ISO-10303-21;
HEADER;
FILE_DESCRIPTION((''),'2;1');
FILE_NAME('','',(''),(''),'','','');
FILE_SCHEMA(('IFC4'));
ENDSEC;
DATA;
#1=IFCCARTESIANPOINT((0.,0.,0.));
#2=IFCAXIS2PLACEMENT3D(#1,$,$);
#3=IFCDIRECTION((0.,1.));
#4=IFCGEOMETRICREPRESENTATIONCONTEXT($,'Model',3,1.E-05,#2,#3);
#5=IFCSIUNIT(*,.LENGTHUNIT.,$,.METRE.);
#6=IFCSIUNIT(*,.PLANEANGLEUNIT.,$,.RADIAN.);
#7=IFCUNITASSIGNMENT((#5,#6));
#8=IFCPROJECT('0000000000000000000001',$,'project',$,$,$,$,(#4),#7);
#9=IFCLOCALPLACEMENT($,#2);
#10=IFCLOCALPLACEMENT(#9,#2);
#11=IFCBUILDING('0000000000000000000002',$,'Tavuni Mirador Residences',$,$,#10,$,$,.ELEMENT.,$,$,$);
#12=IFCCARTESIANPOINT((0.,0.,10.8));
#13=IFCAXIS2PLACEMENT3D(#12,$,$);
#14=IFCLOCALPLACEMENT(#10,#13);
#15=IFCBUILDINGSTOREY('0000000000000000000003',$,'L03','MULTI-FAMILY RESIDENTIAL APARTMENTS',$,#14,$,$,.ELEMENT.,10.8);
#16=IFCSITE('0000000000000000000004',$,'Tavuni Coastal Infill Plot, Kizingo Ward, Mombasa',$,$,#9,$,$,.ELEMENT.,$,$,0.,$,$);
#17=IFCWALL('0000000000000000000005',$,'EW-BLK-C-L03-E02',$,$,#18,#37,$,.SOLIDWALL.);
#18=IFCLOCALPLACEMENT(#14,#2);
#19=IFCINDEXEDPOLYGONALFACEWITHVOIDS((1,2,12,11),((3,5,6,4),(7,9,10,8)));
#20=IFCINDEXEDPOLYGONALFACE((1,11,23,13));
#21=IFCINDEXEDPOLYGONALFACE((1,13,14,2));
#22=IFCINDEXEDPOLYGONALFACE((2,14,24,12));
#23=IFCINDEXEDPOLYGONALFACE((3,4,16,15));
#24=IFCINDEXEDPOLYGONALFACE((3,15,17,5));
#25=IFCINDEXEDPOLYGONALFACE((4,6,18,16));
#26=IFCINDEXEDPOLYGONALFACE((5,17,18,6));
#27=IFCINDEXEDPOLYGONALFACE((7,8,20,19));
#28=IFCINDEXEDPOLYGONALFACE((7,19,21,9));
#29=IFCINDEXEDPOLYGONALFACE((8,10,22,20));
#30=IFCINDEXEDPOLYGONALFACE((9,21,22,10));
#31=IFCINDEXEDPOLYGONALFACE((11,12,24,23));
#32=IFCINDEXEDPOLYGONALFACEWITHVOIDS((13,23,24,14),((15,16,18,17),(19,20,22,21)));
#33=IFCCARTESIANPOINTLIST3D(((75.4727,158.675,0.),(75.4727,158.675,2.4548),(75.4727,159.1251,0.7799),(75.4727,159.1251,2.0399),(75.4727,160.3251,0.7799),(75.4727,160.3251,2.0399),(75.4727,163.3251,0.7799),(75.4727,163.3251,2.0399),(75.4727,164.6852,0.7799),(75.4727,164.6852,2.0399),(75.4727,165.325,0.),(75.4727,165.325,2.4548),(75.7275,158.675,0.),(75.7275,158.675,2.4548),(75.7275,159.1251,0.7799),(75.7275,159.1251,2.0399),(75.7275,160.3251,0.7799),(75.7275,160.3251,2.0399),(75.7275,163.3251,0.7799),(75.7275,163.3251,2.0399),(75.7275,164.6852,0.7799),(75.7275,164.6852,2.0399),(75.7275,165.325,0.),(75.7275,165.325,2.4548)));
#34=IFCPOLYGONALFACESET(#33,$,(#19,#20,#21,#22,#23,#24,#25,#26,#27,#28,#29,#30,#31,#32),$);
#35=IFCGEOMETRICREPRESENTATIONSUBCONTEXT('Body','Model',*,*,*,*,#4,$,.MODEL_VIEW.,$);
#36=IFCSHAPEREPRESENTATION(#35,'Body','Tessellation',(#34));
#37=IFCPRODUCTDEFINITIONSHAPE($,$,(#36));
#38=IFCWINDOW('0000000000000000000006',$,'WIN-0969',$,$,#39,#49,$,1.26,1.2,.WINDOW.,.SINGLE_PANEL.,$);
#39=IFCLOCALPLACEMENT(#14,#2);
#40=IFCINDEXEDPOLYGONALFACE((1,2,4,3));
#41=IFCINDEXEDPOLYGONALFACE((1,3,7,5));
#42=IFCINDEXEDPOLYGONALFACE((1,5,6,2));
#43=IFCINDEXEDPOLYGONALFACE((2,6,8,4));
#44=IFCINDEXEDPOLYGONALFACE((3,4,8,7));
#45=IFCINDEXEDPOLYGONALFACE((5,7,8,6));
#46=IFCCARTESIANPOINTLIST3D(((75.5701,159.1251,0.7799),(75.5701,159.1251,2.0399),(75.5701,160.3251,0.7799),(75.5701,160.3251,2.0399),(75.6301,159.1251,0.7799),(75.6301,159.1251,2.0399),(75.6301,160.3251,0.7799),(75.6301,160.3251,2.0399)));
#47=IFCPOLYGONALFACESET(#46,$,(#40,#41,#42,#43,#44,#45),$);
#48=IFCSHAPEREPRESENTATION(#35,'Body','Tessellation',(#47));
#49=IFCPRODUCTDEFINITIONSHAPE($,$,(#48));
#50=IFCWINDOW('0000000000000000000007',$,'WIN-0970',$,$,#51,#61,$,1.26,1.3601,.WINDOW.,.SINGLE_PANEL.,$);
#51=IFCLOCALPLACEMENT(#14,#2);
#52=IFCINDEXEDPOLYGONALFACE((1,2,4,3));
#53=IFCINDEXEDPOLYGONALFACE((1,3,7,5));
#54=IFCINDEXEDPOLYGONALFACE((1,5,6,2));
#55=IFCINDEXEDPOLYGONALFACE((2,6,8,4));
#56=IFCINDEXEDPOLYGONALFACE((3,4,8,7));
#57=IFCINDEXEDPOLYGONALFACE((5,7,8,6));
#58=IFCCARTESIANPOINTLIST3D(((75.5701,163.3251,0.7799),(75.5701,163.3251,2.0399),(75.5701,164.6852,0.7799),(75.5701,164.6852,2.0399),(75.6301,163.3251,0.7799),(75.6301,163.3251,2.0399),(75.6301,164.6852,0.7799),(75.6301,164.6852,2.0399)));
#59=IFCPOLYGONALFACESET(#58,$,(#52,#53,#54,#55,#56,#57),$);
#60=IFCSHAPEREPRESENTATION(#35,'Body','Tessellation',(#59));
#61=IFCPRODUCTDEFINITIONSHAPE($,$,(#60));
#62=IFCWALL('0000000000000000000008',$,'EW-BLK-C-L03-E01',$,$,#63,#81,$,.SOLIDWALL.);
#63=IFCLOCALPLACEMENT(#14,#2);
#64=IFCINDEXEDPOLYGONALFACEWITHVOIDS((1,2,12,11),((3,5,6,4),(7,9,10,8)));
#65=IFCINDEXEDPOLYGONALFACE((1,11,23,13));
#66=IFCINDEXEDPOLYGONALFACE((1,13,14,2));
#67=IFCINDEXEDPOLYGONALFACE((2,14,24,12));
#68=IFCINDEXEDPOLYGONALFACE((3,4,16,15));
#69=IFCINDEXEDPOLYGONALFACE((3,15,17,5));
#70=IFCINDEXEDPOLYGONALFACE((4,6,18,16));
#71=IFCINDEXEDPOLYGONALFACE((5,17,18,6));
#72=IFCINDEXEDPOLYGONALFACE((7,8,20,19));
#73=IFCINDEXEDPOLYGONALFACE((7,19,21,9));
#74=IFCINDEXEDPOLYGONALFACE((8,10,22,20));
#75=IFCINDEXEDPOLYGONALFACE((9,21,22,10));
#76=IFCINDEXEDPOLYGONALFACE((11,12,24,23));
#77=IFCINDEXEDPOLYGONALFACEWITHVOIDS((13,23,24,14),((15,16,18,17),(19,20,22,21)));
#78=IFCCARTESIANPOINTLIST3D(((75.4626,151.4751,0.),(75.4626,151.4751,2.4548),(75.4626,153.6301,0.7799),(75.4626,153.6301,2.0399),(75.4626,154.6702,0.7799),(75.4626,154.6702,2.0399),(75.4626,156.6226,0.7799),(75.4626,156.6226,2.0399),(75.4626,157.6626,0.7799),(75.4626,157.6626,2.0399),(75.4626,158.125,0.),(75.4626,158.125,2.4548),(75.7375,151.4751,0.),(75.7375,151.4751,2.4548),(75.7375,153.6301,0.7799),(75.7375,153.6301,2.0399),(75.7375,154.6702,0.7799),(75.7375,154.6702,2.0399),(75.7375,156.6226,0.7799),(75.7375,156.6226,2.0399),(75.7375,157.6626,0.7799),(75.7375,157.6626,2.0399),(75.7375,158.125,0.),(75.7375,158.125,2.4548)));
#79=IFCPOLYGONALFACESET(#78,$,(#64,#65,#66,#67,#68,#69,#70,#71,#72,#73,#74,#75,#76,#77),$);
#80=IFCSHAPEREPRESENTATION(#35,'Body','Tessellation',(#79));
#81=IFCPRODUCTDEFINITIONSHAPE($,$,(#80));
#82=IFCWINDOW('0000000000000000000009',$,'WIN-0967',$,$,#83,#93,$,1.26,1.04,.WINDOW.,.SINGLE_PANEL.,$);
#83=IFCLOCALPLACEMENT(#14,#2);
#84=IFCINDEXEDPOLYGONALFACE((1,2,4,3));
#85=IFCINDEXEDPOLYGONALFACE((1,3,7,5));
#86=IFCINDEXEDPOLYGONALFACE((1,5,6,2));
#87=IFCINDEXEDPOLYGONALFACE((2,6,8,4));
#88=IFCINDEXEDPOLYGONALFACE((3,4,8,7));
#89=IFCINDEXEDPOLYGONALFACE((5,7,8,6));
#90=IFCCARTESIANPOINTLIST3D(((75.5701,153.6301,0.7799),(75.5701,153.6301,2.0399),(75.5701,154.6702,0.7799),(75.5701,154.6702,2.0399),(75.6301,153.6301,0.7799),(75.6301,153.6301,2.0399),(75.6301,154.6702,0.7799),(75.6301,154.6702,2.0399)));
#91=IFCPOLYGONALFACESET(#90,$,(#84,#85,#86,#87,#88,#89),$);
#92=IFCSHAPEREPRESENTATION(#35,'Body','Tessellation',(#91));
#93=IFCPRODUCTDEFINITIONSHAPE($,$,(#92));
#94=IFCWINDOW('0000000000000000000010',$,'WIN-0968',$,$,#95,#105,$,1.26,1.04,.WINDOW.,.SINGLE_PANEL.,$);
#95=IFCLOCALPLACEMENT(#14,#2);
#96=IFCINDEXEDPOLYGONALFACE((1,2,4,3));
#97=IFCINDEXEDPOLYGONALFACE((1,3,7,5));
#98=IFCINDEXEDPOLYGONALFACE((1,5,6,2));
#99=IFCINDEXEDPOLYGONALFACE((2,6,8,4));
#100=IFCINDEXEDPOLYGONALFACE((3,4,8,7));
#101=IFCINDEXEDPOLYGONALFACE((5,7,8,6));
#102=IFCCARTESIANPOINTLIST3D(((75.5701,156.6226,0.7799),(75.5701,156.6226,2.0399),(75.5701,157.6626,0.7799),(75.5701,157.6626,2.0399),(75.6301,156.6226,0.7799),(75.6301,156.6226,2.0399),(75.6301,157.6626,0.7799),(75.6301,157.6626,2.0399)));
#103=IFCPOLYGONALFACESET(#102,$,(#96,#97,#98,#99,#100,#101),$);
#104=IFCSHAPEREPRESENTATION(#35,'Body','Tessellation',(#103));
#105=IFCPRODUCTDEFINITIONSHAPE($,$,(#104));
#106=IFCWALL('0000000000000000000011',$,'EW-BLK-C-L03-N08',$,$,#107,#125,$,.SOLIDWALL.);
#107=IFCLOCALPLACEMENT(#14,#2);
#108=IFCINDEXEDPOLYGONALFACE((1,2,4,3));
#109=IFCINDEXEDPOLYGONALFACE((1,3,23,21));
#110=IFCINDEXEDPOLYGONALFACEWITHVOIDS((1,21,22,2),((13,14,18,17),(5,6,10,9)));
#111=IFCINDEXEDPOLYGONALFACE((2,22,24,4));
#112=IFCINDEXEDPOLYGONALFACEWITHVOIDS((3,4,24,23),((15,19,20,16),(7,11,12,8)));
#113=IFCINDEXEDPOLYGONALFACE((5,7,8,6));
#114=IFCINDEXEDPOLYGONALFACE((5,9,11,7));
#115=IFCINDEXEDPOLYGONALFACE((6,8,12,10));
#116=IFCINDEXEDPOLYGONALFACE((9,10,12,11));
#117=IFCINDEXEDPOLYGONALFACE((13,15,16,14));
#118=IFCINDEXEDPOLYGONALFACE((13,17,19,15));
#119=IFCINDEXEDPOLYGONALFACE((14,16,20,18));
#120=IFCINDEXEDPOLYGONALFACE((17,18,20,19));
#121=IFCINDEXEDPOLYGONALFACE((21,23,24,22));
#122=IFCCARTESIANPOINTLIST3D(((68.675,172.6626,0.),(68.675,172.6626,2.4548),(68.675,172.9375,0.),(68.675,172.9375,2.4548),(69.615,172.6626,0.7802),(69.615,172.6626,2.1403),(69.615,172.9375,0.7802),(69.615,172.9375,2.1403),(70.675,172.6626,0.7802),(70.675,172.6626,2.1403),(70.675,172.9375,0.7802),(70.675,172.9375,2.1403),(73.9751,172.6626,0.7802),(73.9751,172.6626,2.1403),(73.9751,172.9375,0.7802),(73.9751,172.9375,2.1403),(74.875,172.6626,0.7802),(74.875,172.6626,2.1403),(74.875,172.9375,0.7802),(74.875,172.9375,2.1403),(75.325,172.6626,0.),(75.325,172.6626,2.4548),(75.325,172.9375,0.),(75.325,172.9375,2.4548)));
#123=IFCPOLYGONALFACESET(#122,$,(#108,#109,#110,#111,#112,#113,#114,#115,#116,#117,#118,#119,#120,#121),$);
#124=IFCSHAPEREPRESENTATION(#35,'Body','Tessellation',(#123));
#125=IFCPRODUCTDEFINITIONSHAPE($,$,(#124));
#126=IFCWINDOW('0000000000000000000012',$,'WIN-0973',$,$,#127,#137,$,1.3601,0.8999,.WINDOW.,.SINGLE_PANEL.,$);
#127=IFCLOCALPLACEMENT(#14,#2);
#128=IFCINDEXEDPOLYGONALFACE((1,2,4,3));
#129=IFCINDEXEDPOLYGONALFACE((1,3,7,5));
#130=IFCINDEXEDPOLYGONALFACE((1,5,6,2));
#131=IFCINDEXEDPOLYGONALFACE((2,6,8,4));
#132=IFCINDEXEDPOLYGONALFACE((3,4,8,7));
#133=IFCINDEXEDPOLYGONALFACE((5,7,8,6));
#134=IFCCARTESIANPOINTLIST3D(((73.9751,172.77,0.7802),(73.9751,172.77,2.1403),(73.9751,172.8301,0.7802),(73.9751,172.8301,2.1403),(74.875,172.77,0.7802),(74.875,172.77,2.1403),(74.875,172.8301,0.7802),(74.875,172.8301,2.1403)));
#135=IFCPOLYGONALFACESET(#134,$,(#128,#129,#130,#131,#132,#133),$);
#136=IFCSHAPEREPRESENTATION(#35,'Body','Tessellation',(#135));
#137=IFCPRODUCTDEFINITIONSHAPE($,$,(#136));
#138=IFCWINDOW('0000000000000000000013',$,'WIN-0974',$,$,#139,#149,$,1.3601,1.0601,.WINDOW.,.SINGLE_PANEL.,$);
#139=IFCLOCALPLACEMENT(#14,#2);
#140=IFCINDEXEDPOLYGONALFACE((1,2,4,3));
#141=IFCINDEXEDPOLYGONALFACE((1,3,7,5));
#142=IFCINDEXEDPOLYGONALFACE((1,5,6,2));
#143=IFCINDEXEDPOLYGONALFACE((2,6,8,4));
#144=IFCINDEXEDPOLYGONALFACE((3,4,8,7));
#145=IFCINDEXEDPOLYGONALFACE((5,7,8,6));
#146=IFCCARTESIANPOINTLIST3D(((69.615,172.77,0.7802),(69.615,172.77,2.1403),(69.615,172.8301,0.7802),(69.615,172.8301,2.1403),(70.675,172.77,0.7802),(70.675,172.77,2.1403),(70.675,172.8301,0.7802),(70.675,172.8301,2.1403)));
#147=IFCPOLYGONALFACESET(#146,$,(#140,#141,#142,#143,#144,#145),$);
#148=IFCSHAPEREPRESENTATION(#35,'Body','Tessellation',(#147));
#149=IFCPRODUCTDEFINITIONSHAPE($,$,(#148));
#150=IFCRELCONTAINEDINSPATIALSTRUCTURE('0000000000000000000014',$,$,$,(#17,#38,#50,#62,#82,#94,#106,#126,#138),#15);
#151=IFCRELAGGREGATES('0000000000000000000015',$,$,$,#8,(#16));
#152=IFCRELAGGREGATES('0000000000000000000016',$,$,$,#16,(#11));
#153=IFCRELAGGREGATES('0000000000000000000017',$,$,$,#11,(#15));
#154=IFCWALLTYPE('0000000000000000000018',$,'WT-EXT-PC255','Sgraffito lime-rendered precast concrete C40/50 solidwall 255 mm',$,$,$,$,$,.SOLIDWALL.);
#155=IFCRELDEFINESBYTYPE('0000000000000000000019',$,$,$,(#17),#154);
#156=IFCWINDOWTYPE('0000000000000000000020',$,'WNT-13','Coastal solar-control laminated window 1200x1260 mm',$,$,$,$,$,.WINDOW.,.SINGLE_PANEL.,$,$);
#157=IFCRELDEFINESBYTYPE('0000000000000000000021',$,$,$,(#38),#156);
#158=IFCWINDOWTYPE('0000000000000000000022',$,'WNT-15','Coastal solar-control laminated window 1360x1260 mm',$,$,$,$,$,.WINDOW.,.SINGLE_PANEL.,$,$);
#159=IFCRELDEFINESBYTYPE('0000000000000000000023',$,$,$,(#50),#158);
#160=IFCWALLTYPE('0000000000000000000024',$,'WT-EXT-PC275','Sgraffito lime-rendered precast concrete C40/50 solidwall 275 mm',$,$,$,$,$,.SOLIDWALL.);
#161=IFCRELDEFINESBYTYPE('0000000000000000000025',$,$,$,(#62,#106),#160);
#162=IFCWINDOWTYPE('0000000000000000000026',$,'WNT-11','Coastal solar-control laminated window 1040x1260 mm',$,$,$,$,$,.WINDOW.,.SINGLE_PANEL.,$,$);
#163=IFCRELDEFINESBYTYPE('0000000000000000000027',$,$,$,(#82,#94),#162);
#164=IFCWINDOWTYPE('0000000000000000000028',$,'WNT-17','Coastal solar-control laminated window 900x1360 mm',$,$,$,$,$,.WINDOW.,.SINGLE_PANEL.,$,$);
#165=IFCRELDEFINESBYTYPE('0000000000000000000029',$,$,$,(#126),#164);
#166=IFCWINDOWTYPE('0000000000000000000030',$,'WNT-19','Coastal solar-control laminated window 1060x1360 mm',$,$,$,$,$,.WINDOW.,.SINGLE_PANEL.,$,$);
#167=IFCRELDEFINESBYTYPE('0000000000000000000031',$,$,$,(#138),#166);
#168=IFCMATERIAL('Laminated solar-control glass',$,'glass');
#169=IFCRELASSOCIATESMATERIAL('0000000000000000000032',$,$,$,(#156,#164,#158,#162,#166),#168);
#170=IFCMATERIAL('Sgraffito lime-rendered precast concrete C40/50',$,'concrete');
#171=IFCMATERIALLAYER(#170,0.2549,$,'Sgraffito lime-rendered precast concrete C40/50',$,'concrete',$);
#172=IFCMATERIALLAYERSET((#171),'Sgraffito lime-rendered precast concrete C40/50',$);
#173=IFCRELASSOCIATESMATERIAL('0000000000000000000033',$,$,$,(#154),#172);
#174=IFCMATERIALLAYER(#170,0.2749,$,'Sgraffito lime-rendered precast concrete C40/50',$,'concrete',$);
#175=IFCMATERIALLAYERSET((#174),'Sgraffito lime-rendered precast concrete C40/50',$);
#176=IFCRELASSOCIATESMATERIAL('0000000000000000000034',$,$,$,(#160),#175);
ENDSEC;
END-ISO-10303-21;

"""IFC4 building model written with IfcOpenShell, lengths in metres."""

from ifc_helpers import new_model, si_unit, direction, frame, frame_2d, origin, place, context, subcontext, project, spatial, rectangle, extrude, material, layer, layer_set, type_object, element, fill, save


model = new_model("IFC4")

# Units and contexts
model_context = context("Model", 3, precision=1e-05, world=origin(), true_north=direction((0.0, 1.0)))
body_context = subcontext(model_context, "Body", "Model", "MODEL_VIEW")
ifc_project = project(units=[si_unit("LENGTHUNIT", "METRE"), si_unit("PLANEANGLEUNIT", "RADIAN")], contexts=[model_context])

# Site, building, storey
site_placement = place(None, origin())
site = spatial("IfcSite", under=ifc_project, at=site_placement, Name="Tavuni Coastal Infill Plot, Kizingo Ward, Mombasa", CompositionType="ELEMENT", RefElevation=0.0)
building_placement = place(site_placement, origin())
building = spatial("IfcBuilding", under=site, at=building_placement, Name="Tavuni Mirador Residences", CompositionType="ELEMENT")
storey_placement = place(building_placement, frame((0.0, 0.0, 10.8)))
storey = spatial("IfcBuildingStorey", under=building, at=storey_placement, Name="L03", Description="MULTI-FAMILY RESIDENTIAL APARTMENTS", CompositionType="ELEMENT", Elevation=10.8)

# Walls, openings, windows
ifc_material_1 = material(Name="Sgraffito lime-rendered precast concrete C40/50", Category="concrete")
ifc_material_2 = material(Name="Laminated solar-control glass", Category="glass")
window_type_1 = type_object("IfcWindowType", Name="WNT-13", Description="Coastal solar-control laminated window 1200x1260 mm", PartitioningType="SINGLE_PANEL", PredefinedType="WINDOW", material=ifc_material_2)
window_type_2 = type_object("IfcWindowType", Name="WNT-17", Description="Coastal solar-control laminated window 900x1360 mm", PartitioningType="SINGLE_PANEL", PredefinedType="WINDOW", material=ifc_material_2)
ifc_layer_1 = layer(ifc_material_1, 0.2549, Name="Sgraffito lime-rendered precast concrete C40/50", Category="concrete")
ifc_layer_set_1 = layer_set([ifc_layer_1], Name="Sgraffito lime-rendered precast concrete C40/50")
wall_type_1 = type_object("IfcWallType", Name="WT-EXT-PC255", Description="Sgraffito lime-rendered precast concrete C40/50 solidwall 255 mm", PredefinedType="SOLIDWALL", material=ifc_layer_set_1)
wall_1_placement = place(storey_placement, frame((75.6001, 158.675, 0.0), z_axis=(0.0, 0.0, 1.0), x_axis=(0.0, 1.0, 0.0)))
wall_1 = element("IfcWall", 1, at=wall_1_placement, inside=storey, type_object=wall_type_1, Name="EW-BLK-C-L03-E02", PredefinedType="SOLIDWALL", context=body_context, shape_type="SweptSolid", body=[
    extrude(rectangle(XDim=6.6499, YDim=0.2549, at=frame_2d((3.325, 0.0))), origin(), (0.0, 0.0, 1.0), 2.4548),
])
opening_1_placement = place(wall_1_placement, frame((0.45, 0.0, 0.78)))
opening_1 = element("IfcOpeningElement", 2, at=opening_1_placement, cuts=wall_1, PredefinedType="OPENING", context=body_context, shape_type="SweptSolid", body=[
    extrude(rectangle(XDim=1.2, YDim=1.26, at=frame_2d((0.6001, 0.6299))), frame((0.0, 0.1375, 0.0), z_axis=(0.0, -1.0, 0.0), x_axis=(1.0, 0.0, 0.0)), (0.0, 0.0, 1.0), 0.2749),
])
opening_2_placement = place(wall_1_placement, frame((4.6499, 0.0, 0.78)))
opening_2 = element("IfcOpeningElement", 3, at=opening_2_placement, cuts=wall_1, PredefinedType="OPENING", context=body_context, shape_type="SweptSolid", body=[
    extrude(rectangle(XDim=1.3601, YDim=1.26, at=frame_2d((0.6802, 0.6299))), frame((0.0, 0.1375, 0.0), z_axis=(0.0, -1.0, 0.0), x_axis=(1.0, 0.0, 0.0)), (0.0, 0.0, 1.0), 0.2749),
])
window_1_placement = place(opening_1_placement, origin())
window_1 = element("IfcWindow", 4, at=window_1_placement, inside=storey, type_object=window_type_1, Name="WIN-0969", OverallHeight=1.26, OverallWidth=1.2, PartitioningType="SINGLE_PANEL", PredefinedType="WINDOW", context=body_context, shape_type="SweptSolid", body=[
    extrude(rectangle(XDim=1.2, YDim=1.26, at=frame_2d((0.6001, 0.6299))), frame((0.0, 0.03, 0.0), z_axis=(0.0, -1.0, 0.0), x_axis=(1.0, 0.0, 0.0)), (0.0, 0.0, 1.0), 0.0601),
])
fill(opening_1, window_1)
window_type_3 = type_object("IfcWindowType", Name="WNT-15", Description="Coastal solar-control laminated window 1360x1260 mm", PartitioningType="SINGLE_PANEL", PredefinedType="WINDOW", material=ifc_material_2)
window_2_placement = place(opening_2_placement, origin())
window_2 = element("IfcWindow", 5, at=window_2_placement, inside=storey, type_object=window_type_3, Name="WIN-0970", OverallHeight=1.26, OverallWidth=1.3601, PartitioningType="SINGLE_PANEL", PredefinedType="WINDOW", context=body_context, shape_type="SweptSolid", body=[
    extrude(rectangle(XDim=1.3601, YDim=1.26, at=frame_2d((0.6802, 0.6299))), frame((0.0, 0.03, 0.0), z_axis=(0.0, -1.0, 0.0), x_axis=(1.0, 0.0, 0.0)), (0.0, 0.0, 1.0), 0.0601),
])
fill(opening_2, window_2)
ifc_layer_2 = layer(ifc_material_1, 0.2749, Name="Sgraffito lime-rendered precast concrete C40/50", Category="concrete")
ifc_layer_set_2 = layer_set([ifc_layer_2], Name="Sgraffito lime-rendered precast concrete C40/50")
wall_type_2 = type_object("IfcWallType", Name="WT-EXT-PC275", Description="Sgraffito lime-rendered precast concrete C40/50 solidwall 275 mm", PredefinedType="SOLIDWALL", material=ifc_layer_set_2)
wall_2_placement = place(storey_placement, frame((75.6001, 151.4751, 0.0), z_axis=(0.0, 0.0, 1.0), x_axis=(0.0, 1.0, 0.0)))
wall_2 = element("IfcWall", 6, at=wall_2_placement, inside=storey, type_object=wall_type_2, Name="EW-BLK-C-L03-E01", PredefinedType="SOLIDWALL", context=body_context, shape_type="SweptSolid", body=[
    extrude(rectangle(XDim=6.6499, YDim=0.2749, at=frame_2d((3.325, 0.0))), origin(), (0.0, 0.0, 1.0), 2.4548),
])
opening_3_placement = place(wall_2_placement, frame((2.155, 0.0, 0.78)))
opening_3 = element("IfcOpeningElement", 7, at=opening_3_placement, cuts=wall_2, PredefinedType="OPENING", context=body_context, shape_type="SweptSolid", body=[
    extrude(rectangle(XDim=1.04, YDim=1.26, at=frame_2d((0.52, 0.6299))), frame((0.0, 0.1475, 0.0), z_axis=(0.0, -1.0, 0.0), x_axis=(1.0, 0.0, 0.0)), (0.0, 0.0, 1.0), 0.2949),
])
opening_4_placement = place(wall_2_placement, frame((5.1475, 0.0, 0.78)))
opening_4 = element("IfcOpeningElement", 8, at=opening_4_placement, cuts=wall_2, PredefinedType="OPENING", context=body_context, shape_type="SweptSolid", body=[
    extrude(rectangle(XDim=1.04, YDim=1.26, at=frame_2d((0.52, 0.6299))), frame((0.0, 0.1475, 0.0), z_axis=(0.0, -1.0, 0.0), x_axis=(1.0, 0.0, 0.0)), (0.0, 0.0, 1.0), 0.2949),
])
window_type_4 = type_object("IfcWindowType", Name="WNT-11", Description="Coastal solar-control laminated window 1040x1260 mm", PartitioningType="SINGLE_PANEL", PredefinedType="WINDOW", material=ifc_material_2)
window_3_placement = place(opening_3_placement, origin())
window_3 = element("IfcWindow", 9, at=window_3_placement, inside=storey, type_object=window_type_4, Name="WIN-0967", OverallHeight=1.26, OverallWidth=1.04, PartitioningType="SINGLE_PANEL", PredefinedType="WINDOW", context=body_context, shape_type="SweptSolid", body=[
    extrude(rectangle(XDim=1.04, YDim=1.26, at=frame_2d((0.52, 0.6299))), frame((0.0, 0.03, 0.0), z_axis=(0.0, -1.0, 0.0), x_axis=(1.0, 0.0, 0.0)), (0.0, 0.0, 1.0), 0.0601),
])
fill(opening_3, window_3)
window_4_placement = place(opening_4_placement, origin())
window_4 = element("IfcWindow", 10, at=window_4_placement, inside=storey, type_object=window_type_4, Name="WIN-0968", OverallHeight=1.26, OverallWidth=1.04, PartitioningType="SINGLE_PANEL", PredefinedType="WINDOW", context=body_context, shape_type="SweptSolid", body=[
    extrude(rectangle(XDim=1.04, YDim=1.26, at=frame_2d((0.52, 0.6299))), frame((0.0, 0.03, 0.0), z_axis=(0.0, -1.0, 0.0), x_axis=(1.0, 0.0, 0.0)), (0.0, 0.0, 1.0), 0.0601),
])
fill(opening_4, window_4)
wall_3_placement = place(storey_placement, frame((75.325, 172.8, 0.0), z_axis=(0.0, 0.0, 1.0), x_axis=(-1.0, 0.0, 0.0)))
wall_3 = element("IfcWall", 11, at=wall_3_placement, inside=storey, type_object=wall_type_2, Name="EW-BLK-C-L03-N08", PredefinedType="SOLIDWALL", context=body_context, shape_type="SweptSolid", body=[
    extrude(rectangle(XDim=6.6499, YDim=0.2749, at=frame_2d((3.325, 0.0))), origin(), (0.0, 0.0, 1.0), 2.4548),
])
opening_5_placement = place(wall_3_placement, frame((0.45, 0.0, 0.78)))
opening_5 = element("IfcOpeningElement", 12, at=opening_5_placement, cuts=wall_3, PredefinedType="OPENING", context=body_context, shape_type="SweptSolid", body=[
    extrude(rectangle(XDim=0.8999, YDim=1.3601, at=frame_2d((0.45, 0.6802))), frame((0.0, 0.1475, 0.0), z_axis=(0.0, -1.0, 0.0), x_axis=(1.0, 0.0, 0.0)), (0.0, 0.0, 1.0), 0.2949),
])
opening_6_placement = place(wall_3_placement, frame((4.6499, 0.0, 0.78)))
opening_6 = element("IfcOpeningElement", 13, at=opening_6_placement, cuts=wall_3, PredefinedType="OPENING", context=body_context, shape_type="SweptSolid", body=[
    extrude(rectangle(XDim=1.0601, YDim=1.3601, at=frame_2d((0.53, 0.6802))), frame((0.0, 0.1475, 0.0), z_axis=(0.0, -1.0, 0.0), x_axis=(1.0, 0.0, 0.0)), (0.0, 0.0, 1.0), 0.2949),
])
window_5_placement = place(opening_5_placement, origin())
window_5 = element("IfcWindow", 14, at=window_5_placement, inside=storey, type_object=window_type_2, Name="WIN-0973", OverallHeight=1.3601, OverallWidth=0.8999, PartitioningType="SINGLE_PANEL", PredefinedType="WINDOW", context=body_context, shape_type="SweptSolid", body=[
    extrude(rectangle(XDim=0.8999, YDim=1.3601, at=frame_2d((0.45, 0.6802))), frame((0.0, 0.03, 0.0), z_axis=(0.0, -1.0, 0.0), x_axis=(1.0, 0.0, 0.0)), (0.0, 0.0, 1.0), 0.0601),
])
fill(opening_5, window_5)
window_type_5 = type_object("IfcWindowType", Name="WNT-19", Description="Coastal solar-control laminated window 1060x1360 mm", PartitioningType="SINGLE_PANEL", PredefinedType="WINDOW", material=ifc_material_2)
window_6_placement = place(opening_6_placement, origin())
window_6 = element("IfcWindow", 15, at=window_6_placement, inside=storey, type_object=window_type_5, Name="WIN-0974", OverallHeight=1.3601, OverallWidth=1.0601, PartitioningType="SINGLE_PANEL", PredefinedType="WINDOW", context=body_context, shape_type="SweptSolid", body=[
    extrude(rectangle(XDim=1.0601, YDim=1.3601, at=frame_2d((0.53, 0.6802))), frame((0.0, 0.03, 0.0), z_axis=(0.0, -1.0, 0.0), x_axis=(1.0, 0.0, 0.0)), (0.0, 0.0, 1.0), 0.0601),
])
fill(opening_6, window_6)

save(model, "model.ifc")
